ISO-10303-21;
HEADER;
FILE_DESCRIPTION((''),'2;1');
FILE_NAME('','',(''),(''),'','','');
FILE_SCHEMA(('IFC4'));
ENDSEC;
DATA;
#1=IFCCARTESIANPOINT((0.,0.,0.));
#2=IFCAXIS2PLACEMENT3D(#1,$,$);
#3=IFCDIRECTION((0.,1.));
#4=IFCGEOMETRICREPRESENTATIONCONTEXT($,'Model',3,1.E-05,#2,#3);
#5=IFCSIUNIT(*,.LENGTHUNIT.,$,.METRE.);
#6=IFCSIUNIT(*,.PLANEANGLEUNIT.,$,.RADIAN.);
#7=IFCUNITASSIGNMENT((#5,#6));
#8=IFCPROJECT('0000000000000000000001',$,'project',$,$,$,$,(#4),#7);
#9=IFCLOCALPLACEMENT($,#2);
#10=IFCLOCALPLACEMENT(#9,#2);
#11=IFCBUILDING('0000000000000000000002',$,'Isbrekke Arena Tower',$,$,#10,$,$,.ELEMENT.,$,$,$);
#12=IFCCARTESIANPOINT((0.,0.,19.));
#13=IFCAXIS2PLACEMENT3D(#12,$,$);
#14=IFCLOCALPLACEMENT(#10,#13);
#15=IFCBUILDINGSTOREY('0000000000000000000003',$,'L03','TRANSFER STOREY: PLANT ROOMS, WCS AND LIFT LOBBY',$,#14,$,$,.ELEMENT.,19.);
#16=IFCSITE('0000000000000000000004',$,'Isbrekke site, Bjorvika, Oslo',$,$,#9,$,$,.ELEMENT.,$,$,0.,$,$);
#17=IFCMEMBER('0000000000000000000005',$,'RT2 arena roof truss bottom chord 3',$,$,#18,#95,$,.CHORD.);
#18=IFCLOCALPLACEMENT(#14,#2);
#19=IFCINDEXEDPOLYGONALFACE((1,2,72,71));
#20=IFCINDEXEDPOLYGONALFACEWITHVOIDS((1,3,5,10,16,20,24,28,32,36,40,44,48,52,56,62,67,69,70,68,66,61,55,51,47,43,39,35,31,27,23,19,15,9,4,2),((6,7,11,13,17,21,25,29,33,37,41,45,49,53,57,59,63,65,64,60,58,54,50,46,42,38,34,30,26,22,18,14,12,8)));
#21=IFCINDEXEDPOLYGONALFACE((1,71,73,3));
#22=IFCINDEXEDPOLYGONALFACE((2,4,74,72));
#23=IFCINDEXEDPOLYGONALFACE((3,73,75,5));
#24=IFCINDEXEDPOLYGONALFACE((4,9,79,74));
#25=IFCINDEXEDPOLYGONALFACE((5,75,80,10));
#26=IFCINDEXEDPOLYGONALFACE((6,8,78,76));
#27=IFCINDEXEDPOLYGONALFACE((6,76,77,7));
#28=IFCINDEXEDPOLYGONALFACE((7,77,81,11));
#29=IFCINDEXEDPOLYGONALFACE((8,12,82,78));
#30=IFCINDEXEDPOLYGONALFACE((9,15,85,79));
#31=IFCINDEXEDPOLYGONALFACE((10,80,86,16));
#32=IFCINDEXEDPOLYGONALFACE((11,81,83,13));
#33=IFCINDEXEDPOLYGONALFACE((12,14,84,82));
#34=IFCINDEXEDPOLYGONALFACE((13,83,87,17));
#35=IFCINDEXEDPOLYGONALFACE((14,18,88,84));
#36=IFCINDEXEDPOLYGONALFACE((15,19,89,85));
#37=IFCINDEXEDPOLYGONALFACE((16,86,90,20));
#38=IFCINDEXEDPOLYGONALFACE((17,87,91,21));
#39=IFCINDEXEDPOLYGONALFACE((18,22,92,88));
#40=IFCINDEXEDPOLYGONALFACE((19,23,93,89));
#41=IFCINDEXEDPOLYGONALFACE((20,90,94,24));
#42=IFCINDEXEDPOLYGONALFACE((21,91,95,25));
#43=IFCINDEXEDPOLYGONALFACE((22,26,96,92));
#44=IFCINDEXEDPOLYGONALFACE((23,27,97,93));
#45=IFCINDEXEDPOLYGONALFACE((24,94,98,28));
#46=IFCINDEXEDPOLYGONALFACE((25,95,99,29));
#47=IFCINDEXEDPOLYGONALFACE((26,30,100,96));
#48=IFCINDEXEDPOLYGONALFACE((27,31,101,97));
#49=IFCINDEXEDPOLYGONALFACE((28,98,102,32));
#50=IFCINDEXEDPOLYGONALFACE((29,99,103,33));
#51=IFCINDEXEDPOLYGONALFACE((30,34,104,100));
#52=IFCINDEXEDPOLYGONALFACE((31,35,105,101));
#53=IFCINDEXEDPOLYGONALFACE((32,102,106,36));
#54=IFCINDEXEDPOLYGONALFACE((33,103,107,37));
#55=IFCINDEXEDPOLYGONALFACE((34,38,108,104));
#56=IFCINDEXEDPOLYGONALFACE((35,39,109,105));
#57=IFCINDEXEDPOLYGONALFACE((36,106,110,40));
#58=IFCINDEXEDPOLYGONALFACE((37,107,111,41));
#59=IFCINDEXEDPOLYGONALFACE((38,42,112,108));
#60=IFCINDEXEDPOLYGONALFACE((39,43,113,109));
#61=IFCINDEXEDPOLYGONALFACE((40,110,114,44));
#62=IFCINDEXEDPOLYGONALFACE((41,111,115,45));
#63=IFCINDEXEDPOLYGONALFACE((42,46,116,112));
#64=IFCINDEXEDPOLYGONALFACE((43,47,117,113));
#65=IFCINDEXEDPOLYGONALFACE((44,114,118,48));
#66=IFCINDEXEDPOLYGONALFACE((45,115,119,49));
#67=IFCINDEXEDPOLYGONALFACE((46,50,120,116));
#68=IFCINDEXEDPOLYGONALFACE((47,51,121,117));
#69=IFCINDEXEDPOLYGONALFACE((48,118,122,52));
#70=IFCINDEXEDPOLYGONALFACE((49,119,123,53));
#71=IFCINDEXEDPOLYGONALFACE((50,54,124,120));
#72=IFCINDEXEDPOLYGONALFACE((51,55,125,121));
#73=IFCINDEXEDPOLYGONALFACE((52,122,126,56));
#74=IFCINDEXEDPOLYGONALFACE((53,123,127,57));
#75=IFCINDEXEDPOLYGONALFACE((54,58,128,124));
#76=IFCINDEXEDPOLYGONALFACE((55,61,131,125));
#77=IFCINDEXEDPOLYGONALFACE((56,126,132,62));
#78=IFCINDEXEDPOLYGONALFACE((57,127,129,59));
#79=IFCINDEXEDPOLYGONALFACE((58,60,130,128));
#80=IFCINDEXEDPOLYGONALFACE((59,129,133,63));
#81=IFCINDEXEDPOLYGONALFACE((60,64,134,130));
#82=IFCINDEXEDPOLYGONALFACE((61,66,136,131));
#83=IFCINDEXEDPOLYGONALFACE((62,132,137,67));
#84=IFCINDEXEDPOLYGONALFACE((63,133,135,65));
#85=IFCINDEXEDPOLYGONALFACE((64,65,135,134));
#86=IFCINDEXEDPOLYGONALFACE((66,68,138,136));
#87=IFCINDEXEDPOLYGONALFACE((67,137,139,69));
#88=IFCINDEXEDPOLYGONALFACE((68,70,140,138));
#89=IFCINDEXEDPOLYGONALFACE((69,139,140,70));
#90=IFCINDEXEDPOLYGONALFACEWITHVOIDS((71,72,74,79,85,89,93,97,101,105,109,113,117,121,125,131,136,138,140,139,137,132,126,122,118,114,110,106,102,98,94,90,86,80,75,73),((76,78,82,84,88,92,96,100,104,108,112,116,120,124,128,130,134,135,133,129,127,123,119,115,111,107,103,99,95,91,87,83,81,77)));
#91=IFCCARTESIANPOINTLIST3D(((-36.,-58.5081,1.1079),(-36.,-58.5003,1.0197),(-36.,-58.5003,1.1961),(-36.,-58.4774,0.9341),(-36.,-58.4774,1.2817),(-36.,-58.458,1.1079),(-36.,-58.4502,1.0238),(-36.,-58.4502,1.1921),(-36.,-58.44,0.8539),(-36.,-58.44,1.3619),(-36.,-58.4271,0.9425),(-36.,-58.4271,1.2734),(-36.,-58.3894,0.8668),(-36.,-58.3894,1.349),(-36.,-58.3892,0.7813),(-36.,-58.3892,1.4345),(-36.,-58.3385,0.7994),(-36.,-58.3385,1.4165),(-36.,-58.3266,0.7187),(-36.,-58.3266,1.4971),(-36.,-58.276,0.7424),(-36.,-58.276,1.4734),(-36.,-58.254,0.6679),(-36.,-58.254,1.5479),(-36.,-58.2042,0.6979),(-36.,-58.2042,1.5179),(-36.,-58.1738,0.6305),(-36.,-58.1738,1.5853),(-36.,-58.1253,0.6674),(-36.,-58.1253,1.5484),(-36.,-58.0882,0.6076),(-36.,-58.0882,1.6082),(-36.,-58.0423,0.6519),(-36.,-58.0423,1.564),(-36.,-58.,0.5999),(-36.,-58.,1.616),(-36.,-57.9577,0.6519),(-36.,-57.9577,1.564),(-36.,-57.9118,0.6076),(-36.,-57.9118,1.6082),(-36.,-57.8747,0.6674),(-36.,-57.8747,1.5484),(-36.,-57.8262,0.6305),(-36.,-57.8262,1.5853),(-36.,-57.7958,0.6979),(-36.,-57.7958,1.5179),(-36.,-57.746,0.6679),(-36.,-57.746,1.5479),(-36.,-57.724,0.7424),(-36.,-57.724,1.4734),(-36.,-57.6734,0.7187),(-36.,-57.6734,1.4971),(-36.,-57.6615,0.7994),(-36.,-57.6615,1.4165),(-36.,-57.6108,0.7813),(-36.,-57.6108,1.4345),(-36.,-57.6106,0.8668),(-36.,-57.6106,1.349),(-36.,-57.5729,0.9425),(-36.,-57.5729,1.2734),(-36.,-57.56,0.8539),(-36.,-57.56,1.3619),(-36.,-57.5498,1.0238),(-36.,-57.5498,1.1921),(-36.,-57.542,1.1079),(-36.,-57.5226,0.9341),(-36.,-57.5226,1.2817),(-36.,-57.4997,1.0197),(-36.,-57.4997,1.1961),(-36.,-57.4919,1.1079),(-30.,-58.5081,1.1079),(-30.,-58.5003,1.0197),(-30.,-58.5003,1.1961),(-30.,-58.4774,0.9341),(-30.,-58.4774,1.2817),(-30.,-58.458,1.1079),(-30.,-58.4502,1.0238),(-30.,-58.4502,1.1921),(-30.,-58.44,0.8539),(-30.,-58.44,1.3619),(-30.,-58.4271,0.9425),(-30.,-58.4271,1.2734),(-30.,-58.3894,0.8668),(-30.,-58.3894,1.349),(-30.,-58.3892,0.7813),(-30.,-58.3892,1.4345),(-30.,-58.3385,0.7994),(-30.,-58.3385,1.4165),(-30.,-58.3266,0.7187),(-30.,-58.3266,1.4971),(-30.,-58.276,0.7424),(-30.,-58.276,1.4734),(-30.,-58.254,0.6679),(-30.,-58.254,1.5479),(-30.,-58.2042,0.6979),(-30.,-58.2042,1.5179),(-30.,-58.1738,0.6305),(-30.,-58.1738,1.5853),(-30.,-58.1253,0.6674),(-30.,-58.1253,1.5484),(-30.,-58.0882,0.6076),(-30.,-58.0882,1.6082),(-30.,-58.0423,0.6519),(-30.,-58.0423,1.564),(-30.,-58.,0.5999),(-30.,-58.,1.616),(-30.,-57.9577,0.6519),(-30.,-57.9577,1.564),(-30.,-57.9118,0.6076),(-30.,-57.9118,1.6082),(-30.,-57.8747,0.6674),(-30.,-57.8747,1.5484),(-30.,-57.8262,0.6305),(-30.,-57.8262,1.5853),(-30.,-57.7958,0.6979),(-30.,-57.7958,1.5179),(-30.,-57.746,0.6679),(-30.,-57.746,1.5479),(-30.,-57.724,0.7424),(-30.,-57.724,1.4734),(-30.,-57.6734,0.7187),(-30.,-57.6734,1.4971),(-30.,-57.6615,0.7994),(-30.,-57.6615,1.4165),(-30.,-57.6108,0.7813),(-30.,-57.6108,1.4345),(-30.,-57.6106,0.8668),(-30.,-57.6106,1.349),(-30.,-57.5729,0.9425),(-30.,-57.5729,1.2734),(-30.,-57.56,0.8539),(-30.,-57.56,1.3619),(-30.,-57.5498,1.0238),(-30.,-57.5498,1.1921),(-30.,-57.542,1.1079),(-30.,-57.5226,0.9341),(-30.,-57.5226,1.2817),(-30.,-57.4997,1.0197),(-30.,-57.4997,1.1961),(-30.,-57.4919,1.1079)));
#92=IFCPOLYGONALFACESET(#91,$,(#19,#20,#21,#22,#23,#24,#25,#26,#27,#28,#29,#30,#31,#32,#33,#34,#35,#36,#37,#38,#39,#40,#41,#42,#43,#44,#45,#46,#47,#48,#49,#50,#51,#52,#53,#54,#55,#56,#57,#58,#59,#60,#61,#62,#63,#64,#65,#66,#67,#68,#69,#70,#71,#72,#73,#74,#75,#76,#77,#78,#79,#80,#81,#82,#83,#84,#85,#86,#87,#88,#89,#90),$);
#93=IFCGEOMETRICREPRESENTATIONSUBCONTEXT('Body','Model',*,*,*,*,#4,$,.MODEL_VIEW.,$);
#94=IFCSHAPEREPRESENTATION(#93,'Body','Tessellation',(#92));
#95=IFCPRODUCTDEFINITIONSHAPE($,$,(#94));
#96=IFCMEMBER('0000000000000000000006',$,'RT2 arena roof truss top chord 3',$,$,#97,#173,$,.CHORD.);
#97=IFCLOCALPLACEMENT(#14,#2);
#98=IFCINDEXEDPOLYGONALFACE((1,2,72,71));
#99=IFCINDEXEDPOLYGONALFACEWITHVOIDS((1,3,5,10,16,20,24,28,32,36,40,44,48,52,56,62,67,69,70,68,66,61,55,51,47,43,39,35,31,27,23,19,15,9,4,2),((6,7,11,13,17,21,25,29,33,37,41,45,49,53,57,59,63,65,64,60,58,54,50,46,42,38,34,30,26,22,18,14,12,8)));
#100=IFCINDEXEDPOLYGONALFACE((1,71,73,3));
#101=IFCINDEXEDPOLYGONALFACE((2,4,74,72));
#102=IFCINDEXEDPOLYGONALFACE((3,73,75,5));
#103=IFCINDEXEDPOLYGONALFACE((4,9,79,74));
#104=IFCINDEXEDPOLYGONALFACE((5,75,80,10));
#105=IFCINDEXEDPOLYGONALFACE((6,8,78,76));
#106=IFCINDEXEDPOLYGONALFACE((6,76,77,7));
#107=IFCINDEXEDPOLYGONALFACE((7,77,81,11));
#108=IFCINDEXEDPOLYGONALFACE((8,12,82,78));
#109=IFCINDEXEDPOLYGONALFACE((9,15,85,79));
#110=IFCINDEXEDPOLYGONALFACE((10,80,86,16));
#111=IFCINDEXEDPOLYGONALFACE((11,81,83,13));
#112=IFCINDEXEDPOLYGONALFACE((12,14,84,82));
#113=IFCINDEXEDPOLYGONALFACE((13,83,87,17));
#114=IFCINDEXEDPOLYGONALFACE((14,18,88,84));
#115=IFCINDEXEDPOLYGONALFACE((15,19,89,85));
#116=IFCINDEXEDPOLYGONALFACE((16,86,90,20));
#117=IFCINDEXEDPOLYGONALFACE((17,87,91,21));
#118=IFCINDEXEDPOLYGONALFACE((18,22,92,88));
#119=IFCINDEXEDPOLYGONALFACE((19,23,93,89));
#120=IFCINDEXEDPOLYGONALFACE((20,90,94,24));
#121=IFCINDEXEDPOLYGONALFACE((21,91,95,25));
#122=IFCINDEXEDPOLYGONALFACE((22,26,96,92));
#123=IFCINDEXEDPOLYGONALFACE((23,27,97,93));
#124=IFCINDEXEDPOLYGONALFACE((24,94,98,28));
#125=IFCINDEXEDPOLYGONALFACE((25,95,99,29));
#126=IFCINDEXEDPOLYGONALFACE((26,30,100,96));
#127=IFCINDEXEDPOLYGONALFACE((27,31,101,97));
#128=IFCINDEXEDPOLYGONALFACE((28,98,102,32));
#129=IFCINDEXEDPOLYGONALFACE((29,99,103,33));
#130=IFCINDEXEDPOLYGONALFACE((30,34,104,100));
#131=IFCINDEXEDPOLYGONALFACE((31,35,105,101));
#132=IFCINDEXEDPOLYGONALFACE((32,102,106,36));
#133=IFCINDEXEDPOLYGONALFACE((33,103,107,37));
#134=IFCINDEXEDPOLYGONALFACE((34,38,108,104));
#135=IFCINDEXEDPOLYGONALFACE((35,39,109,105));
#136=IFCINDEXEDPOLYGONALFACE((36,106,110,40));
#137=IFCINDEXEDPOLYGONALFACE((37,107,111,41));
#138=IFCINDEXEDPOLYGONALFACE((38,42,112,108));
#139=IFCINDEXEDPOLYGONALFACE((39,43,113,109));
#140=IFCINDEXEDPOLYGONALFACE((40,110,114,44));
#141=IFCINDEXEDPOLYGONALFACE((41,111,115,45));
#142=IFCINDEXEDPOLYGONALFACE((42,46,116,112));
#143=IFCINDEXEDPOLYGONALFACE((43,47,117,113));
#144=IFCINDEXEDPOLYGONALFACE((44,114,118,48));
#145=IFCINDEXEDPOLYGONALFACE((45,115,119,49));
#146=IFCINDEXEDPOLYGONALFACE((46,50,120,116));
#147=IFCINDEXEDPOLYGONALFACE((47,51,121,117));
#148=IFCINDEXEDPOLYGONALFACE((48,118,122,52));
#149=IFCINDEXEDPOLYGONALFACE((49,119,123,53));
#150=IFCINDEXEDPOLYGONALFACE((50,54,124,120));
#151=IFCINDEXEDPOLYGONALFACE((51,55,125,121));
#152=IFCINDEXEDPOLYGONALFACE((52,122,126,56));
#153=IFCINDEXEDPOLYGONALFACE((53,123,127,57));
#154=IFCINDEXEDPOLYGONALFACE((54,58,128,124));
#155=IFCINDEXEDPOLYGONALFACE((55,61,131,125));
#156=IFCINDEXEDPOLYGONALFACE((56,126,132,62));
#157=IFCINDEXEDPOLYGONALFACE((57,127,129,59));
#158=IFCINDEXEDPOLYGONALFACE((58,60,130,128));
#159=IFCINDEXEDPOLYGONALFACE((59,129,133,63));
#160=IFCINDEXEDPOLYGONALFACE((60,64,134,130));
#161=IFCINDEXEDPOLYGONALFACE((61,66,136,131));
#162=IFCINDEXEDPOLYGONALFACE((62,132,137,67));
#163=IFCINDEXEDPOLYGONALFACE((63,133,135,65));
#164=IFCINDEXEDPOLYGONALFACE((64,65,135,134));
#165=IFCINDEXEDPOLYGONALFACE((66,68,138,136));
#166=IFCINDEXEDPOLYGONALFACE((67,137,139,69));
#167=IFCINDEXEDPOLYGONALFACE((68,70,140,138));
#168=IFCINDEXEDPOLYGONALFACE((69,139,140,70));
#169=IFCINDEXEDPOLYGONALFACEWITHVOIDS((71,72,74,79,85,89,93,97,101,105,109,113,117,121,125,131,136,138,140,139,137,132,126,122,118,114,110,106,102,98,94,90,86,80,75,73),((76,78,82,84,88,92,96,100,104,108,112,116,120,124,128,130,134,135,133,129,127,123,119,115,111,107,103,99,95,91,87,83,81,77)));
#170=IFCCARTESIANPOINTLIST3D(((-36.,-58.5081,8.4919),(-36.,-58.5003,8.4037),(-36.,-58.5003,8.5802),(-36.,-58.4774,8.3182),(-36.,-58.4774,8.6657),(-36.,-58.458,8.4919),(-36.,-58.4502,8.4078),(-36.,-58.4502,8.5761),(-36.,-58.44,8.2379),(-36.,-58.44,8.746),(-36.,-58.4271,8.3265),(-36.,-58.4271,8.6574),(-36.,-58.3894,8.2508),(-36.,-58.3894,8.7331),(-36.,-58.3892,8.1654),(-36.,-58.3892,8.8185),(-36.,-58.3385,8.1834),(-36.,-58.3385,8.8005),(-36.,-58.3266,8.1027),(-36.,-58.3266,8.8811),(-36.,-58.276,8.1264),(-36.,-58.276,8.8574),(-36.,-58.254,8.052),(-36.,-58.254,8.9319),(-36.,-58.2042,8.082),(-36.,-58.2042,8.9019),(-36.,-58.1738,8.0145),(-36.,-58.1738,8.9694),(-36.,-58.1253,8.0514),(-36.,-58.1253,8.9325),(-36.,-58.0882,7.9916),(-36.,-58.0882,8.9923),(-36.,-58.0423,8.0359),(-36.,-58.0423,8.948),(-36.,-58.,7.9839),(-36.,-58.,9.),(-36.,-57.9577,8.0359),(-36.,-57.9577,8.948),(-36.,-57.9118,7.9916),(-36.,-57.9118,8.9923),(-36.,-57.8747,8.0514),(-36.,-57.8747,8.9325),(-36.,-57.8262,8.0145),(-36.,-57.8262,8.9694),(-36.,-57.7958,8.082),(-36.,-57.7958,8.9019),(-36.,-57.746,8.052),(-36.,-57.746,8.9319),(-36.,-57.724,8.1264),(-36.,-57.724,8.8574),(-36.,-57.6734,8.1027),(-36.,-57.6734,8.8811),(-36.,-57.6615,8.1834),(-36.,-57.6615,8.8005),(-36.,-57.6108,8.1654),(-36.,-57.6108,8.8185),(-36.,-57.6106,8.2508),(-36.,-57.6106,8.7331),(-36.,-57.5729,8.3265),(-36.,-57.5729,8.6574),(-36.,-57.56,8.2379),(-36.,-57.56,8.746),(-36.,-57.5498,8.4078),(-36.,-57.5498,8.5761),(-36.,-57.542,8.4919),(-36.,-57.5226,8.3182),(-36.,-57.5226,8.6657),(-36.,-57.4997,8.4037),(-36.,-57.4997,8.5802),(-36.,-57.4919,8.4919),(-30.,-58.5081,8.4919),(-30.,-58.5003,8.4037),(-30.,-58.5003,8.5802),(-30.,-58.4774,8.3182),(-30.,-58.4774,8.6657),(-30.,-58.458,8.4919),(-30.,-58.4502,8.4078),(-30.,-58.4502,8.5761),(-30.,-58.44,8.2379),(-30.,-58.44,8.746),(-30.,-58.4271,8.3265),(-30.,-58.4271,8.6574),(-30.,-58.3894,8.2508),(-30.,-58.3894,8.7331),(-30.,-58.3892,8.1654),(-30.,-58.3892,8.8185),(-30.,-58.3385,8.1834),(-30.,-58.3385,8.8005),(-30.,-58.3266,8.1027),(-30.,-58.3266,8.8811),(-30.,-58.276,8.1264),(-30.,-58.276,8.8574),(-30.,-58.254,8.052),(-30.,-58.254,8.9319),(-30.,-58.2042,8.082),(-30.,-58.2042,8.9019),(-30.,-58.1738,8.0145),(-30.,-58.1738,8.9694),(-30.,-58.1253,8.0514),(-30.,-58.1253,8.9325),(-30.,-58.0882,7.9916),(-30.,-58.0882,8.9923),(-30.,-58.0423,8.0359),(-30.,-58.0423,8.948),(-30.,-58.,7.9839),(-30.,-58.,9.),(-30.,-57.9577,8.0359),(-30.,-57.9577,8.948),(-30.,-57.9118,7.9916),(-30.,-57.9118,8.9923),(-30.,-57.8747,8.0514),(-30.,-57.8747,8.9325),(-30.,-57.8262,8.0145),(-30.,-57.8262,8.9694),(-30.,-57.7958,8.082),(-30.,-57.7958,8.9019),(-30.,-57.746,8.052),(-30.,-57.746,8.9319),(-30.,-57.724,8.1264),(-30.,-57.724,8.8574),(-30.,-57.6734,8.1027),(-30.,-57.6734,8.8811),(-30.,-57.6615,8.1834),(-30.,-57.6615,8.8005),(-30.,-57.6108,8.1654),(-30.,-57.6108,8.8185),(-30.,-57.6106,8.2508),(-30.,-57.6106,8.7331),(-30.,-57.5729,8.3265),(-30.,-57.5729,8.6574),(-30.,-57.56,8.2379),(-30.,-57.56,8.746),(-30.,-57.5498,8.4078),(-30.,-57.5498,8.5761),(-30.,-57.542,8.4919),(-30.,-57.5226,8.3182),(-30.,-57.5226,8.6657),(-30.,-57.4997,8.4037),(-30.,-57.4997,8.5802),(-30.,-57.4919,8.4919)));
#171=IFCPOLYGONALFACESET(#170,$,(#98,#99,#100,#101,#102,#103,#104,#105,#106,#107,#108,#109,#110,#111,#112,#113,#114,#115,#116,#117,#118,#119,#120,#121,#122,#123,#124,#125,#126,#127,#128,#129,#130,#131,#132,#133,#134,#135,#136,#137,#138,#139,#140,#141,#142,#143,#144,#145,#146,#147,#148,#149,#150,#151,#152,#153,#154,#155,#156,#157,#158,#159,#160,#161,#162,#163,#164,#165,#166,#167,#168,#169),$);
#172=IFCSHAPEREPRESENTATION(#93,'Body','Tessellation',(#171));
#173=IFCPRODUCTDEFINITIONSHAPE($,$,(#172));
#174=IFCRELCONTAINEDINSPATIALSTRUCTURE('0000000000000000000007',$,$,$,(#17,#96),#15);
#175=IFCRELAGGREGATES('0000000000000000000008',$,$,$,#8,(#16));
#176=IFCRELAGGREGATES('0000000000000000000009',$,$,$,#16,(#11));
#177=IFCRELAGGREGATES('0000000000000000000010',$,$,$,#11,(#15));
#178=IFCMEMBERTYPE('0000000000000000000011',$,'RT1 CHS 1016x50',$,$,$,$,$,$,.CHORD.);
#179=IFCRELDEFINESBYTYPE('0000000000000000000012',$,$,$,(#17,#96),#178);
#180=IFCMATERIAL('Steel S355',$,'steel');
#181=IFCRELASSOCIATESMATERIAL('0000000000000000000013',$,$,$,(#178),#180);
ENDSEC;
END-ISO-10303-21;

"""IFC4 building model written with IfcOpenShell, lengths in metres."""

from ifc_helpers import new_model, si_unit, direction, frame, origin, origin_2d, place, context, subcontext, project, spatial, hollow_circle, extrude, material, material_profile, profile_set, type_object, element, save


model = new_model("IFC4")

# Units and contexts
model_context = context("Model", 3, precision=1e-05, world=origin(), true_north=direction((0.0, 1.0)))
body_context = subcontext(model_context, "Body", "Model", "MODEL_VIEW")
ifc_project = project(units=[si_unit("LENGTHUNIT", "METRE"), si_unit("PLANEANGLEUNIT", "RADIAN")], contexts=[model_context])

# Site, building, storey
site_placement = place(None, origin())
site = spatial("IfcSite", under=ifc_project, at=site_placement, Name="Isbrekke site, Bjorvika, Oslo", CompositionType="ELEMENT", RefElevation=0.0)
building_placement = place(site_placement, origin())
building = spatial("IfcBuilding", under=site, at=building_placement, Name="Isbrekke Arena Tower", CompositionType="ELEMENT")
storey_placement = place(building_placement, frame((0.0, 0.0, 19.0)))
storey = spatial("IfcBuildingStorey", under=building, at=storey_placement, Name="L03", Description="TRANSFER STOREY: PLANT ROOMS, WCS AND LIFT LOBBY", CompositionType="ELEMENT", Elevation=19.0)

# Members
ifc_material_1 = material(Name="Steel S355", Category="steel")
ifc_material_profile_1 = material_profile(ifc_material_1, hollow_circle(Radius=0.5081, WallThickness=0.05, at=origin_2d()), Name="CHS 1016x50")
ifc_profile_set_1 = profile_set([ifc_material_profile_1], Name="Steel S355")
member_type_1 = type_object("IfcMemberType", Name="RT1 CHS 1016x50", PredefinedType="CHORD", material=ifc_profile_set_1)
for number, where, z_axis, x_axis, name in (
    (1, (-36.0, -58.0, 1.1079), (1.0, 0.0, 0.0), (0.0, 1.0, 0.0), "RT2 arena roof truss bottom chord 3"),
    (2, (-36.0, -58.0, 8.4919), (1.0, 0.0, 0.0), (0.0, 1.0, 0.0), "RT2 arena roof truss top chord 3"),
):
    element("IfcMember", number, at=place(storey_placement, frame(where, z_axis=z_axis, x_axis=x_axis)), inside=storey, type_object=member_type_1, Name=name, PredefinedType="CHORD", context=body_context, shape_type="SweptSolid", body=[
        extrude(hollow_circle(Radius=0.5081, WallThickness=0.05, at=origin_2d()), origin(), (0.0, 0.0, 1.0), 6.0),
    ])

save(model, "model.ifc")
